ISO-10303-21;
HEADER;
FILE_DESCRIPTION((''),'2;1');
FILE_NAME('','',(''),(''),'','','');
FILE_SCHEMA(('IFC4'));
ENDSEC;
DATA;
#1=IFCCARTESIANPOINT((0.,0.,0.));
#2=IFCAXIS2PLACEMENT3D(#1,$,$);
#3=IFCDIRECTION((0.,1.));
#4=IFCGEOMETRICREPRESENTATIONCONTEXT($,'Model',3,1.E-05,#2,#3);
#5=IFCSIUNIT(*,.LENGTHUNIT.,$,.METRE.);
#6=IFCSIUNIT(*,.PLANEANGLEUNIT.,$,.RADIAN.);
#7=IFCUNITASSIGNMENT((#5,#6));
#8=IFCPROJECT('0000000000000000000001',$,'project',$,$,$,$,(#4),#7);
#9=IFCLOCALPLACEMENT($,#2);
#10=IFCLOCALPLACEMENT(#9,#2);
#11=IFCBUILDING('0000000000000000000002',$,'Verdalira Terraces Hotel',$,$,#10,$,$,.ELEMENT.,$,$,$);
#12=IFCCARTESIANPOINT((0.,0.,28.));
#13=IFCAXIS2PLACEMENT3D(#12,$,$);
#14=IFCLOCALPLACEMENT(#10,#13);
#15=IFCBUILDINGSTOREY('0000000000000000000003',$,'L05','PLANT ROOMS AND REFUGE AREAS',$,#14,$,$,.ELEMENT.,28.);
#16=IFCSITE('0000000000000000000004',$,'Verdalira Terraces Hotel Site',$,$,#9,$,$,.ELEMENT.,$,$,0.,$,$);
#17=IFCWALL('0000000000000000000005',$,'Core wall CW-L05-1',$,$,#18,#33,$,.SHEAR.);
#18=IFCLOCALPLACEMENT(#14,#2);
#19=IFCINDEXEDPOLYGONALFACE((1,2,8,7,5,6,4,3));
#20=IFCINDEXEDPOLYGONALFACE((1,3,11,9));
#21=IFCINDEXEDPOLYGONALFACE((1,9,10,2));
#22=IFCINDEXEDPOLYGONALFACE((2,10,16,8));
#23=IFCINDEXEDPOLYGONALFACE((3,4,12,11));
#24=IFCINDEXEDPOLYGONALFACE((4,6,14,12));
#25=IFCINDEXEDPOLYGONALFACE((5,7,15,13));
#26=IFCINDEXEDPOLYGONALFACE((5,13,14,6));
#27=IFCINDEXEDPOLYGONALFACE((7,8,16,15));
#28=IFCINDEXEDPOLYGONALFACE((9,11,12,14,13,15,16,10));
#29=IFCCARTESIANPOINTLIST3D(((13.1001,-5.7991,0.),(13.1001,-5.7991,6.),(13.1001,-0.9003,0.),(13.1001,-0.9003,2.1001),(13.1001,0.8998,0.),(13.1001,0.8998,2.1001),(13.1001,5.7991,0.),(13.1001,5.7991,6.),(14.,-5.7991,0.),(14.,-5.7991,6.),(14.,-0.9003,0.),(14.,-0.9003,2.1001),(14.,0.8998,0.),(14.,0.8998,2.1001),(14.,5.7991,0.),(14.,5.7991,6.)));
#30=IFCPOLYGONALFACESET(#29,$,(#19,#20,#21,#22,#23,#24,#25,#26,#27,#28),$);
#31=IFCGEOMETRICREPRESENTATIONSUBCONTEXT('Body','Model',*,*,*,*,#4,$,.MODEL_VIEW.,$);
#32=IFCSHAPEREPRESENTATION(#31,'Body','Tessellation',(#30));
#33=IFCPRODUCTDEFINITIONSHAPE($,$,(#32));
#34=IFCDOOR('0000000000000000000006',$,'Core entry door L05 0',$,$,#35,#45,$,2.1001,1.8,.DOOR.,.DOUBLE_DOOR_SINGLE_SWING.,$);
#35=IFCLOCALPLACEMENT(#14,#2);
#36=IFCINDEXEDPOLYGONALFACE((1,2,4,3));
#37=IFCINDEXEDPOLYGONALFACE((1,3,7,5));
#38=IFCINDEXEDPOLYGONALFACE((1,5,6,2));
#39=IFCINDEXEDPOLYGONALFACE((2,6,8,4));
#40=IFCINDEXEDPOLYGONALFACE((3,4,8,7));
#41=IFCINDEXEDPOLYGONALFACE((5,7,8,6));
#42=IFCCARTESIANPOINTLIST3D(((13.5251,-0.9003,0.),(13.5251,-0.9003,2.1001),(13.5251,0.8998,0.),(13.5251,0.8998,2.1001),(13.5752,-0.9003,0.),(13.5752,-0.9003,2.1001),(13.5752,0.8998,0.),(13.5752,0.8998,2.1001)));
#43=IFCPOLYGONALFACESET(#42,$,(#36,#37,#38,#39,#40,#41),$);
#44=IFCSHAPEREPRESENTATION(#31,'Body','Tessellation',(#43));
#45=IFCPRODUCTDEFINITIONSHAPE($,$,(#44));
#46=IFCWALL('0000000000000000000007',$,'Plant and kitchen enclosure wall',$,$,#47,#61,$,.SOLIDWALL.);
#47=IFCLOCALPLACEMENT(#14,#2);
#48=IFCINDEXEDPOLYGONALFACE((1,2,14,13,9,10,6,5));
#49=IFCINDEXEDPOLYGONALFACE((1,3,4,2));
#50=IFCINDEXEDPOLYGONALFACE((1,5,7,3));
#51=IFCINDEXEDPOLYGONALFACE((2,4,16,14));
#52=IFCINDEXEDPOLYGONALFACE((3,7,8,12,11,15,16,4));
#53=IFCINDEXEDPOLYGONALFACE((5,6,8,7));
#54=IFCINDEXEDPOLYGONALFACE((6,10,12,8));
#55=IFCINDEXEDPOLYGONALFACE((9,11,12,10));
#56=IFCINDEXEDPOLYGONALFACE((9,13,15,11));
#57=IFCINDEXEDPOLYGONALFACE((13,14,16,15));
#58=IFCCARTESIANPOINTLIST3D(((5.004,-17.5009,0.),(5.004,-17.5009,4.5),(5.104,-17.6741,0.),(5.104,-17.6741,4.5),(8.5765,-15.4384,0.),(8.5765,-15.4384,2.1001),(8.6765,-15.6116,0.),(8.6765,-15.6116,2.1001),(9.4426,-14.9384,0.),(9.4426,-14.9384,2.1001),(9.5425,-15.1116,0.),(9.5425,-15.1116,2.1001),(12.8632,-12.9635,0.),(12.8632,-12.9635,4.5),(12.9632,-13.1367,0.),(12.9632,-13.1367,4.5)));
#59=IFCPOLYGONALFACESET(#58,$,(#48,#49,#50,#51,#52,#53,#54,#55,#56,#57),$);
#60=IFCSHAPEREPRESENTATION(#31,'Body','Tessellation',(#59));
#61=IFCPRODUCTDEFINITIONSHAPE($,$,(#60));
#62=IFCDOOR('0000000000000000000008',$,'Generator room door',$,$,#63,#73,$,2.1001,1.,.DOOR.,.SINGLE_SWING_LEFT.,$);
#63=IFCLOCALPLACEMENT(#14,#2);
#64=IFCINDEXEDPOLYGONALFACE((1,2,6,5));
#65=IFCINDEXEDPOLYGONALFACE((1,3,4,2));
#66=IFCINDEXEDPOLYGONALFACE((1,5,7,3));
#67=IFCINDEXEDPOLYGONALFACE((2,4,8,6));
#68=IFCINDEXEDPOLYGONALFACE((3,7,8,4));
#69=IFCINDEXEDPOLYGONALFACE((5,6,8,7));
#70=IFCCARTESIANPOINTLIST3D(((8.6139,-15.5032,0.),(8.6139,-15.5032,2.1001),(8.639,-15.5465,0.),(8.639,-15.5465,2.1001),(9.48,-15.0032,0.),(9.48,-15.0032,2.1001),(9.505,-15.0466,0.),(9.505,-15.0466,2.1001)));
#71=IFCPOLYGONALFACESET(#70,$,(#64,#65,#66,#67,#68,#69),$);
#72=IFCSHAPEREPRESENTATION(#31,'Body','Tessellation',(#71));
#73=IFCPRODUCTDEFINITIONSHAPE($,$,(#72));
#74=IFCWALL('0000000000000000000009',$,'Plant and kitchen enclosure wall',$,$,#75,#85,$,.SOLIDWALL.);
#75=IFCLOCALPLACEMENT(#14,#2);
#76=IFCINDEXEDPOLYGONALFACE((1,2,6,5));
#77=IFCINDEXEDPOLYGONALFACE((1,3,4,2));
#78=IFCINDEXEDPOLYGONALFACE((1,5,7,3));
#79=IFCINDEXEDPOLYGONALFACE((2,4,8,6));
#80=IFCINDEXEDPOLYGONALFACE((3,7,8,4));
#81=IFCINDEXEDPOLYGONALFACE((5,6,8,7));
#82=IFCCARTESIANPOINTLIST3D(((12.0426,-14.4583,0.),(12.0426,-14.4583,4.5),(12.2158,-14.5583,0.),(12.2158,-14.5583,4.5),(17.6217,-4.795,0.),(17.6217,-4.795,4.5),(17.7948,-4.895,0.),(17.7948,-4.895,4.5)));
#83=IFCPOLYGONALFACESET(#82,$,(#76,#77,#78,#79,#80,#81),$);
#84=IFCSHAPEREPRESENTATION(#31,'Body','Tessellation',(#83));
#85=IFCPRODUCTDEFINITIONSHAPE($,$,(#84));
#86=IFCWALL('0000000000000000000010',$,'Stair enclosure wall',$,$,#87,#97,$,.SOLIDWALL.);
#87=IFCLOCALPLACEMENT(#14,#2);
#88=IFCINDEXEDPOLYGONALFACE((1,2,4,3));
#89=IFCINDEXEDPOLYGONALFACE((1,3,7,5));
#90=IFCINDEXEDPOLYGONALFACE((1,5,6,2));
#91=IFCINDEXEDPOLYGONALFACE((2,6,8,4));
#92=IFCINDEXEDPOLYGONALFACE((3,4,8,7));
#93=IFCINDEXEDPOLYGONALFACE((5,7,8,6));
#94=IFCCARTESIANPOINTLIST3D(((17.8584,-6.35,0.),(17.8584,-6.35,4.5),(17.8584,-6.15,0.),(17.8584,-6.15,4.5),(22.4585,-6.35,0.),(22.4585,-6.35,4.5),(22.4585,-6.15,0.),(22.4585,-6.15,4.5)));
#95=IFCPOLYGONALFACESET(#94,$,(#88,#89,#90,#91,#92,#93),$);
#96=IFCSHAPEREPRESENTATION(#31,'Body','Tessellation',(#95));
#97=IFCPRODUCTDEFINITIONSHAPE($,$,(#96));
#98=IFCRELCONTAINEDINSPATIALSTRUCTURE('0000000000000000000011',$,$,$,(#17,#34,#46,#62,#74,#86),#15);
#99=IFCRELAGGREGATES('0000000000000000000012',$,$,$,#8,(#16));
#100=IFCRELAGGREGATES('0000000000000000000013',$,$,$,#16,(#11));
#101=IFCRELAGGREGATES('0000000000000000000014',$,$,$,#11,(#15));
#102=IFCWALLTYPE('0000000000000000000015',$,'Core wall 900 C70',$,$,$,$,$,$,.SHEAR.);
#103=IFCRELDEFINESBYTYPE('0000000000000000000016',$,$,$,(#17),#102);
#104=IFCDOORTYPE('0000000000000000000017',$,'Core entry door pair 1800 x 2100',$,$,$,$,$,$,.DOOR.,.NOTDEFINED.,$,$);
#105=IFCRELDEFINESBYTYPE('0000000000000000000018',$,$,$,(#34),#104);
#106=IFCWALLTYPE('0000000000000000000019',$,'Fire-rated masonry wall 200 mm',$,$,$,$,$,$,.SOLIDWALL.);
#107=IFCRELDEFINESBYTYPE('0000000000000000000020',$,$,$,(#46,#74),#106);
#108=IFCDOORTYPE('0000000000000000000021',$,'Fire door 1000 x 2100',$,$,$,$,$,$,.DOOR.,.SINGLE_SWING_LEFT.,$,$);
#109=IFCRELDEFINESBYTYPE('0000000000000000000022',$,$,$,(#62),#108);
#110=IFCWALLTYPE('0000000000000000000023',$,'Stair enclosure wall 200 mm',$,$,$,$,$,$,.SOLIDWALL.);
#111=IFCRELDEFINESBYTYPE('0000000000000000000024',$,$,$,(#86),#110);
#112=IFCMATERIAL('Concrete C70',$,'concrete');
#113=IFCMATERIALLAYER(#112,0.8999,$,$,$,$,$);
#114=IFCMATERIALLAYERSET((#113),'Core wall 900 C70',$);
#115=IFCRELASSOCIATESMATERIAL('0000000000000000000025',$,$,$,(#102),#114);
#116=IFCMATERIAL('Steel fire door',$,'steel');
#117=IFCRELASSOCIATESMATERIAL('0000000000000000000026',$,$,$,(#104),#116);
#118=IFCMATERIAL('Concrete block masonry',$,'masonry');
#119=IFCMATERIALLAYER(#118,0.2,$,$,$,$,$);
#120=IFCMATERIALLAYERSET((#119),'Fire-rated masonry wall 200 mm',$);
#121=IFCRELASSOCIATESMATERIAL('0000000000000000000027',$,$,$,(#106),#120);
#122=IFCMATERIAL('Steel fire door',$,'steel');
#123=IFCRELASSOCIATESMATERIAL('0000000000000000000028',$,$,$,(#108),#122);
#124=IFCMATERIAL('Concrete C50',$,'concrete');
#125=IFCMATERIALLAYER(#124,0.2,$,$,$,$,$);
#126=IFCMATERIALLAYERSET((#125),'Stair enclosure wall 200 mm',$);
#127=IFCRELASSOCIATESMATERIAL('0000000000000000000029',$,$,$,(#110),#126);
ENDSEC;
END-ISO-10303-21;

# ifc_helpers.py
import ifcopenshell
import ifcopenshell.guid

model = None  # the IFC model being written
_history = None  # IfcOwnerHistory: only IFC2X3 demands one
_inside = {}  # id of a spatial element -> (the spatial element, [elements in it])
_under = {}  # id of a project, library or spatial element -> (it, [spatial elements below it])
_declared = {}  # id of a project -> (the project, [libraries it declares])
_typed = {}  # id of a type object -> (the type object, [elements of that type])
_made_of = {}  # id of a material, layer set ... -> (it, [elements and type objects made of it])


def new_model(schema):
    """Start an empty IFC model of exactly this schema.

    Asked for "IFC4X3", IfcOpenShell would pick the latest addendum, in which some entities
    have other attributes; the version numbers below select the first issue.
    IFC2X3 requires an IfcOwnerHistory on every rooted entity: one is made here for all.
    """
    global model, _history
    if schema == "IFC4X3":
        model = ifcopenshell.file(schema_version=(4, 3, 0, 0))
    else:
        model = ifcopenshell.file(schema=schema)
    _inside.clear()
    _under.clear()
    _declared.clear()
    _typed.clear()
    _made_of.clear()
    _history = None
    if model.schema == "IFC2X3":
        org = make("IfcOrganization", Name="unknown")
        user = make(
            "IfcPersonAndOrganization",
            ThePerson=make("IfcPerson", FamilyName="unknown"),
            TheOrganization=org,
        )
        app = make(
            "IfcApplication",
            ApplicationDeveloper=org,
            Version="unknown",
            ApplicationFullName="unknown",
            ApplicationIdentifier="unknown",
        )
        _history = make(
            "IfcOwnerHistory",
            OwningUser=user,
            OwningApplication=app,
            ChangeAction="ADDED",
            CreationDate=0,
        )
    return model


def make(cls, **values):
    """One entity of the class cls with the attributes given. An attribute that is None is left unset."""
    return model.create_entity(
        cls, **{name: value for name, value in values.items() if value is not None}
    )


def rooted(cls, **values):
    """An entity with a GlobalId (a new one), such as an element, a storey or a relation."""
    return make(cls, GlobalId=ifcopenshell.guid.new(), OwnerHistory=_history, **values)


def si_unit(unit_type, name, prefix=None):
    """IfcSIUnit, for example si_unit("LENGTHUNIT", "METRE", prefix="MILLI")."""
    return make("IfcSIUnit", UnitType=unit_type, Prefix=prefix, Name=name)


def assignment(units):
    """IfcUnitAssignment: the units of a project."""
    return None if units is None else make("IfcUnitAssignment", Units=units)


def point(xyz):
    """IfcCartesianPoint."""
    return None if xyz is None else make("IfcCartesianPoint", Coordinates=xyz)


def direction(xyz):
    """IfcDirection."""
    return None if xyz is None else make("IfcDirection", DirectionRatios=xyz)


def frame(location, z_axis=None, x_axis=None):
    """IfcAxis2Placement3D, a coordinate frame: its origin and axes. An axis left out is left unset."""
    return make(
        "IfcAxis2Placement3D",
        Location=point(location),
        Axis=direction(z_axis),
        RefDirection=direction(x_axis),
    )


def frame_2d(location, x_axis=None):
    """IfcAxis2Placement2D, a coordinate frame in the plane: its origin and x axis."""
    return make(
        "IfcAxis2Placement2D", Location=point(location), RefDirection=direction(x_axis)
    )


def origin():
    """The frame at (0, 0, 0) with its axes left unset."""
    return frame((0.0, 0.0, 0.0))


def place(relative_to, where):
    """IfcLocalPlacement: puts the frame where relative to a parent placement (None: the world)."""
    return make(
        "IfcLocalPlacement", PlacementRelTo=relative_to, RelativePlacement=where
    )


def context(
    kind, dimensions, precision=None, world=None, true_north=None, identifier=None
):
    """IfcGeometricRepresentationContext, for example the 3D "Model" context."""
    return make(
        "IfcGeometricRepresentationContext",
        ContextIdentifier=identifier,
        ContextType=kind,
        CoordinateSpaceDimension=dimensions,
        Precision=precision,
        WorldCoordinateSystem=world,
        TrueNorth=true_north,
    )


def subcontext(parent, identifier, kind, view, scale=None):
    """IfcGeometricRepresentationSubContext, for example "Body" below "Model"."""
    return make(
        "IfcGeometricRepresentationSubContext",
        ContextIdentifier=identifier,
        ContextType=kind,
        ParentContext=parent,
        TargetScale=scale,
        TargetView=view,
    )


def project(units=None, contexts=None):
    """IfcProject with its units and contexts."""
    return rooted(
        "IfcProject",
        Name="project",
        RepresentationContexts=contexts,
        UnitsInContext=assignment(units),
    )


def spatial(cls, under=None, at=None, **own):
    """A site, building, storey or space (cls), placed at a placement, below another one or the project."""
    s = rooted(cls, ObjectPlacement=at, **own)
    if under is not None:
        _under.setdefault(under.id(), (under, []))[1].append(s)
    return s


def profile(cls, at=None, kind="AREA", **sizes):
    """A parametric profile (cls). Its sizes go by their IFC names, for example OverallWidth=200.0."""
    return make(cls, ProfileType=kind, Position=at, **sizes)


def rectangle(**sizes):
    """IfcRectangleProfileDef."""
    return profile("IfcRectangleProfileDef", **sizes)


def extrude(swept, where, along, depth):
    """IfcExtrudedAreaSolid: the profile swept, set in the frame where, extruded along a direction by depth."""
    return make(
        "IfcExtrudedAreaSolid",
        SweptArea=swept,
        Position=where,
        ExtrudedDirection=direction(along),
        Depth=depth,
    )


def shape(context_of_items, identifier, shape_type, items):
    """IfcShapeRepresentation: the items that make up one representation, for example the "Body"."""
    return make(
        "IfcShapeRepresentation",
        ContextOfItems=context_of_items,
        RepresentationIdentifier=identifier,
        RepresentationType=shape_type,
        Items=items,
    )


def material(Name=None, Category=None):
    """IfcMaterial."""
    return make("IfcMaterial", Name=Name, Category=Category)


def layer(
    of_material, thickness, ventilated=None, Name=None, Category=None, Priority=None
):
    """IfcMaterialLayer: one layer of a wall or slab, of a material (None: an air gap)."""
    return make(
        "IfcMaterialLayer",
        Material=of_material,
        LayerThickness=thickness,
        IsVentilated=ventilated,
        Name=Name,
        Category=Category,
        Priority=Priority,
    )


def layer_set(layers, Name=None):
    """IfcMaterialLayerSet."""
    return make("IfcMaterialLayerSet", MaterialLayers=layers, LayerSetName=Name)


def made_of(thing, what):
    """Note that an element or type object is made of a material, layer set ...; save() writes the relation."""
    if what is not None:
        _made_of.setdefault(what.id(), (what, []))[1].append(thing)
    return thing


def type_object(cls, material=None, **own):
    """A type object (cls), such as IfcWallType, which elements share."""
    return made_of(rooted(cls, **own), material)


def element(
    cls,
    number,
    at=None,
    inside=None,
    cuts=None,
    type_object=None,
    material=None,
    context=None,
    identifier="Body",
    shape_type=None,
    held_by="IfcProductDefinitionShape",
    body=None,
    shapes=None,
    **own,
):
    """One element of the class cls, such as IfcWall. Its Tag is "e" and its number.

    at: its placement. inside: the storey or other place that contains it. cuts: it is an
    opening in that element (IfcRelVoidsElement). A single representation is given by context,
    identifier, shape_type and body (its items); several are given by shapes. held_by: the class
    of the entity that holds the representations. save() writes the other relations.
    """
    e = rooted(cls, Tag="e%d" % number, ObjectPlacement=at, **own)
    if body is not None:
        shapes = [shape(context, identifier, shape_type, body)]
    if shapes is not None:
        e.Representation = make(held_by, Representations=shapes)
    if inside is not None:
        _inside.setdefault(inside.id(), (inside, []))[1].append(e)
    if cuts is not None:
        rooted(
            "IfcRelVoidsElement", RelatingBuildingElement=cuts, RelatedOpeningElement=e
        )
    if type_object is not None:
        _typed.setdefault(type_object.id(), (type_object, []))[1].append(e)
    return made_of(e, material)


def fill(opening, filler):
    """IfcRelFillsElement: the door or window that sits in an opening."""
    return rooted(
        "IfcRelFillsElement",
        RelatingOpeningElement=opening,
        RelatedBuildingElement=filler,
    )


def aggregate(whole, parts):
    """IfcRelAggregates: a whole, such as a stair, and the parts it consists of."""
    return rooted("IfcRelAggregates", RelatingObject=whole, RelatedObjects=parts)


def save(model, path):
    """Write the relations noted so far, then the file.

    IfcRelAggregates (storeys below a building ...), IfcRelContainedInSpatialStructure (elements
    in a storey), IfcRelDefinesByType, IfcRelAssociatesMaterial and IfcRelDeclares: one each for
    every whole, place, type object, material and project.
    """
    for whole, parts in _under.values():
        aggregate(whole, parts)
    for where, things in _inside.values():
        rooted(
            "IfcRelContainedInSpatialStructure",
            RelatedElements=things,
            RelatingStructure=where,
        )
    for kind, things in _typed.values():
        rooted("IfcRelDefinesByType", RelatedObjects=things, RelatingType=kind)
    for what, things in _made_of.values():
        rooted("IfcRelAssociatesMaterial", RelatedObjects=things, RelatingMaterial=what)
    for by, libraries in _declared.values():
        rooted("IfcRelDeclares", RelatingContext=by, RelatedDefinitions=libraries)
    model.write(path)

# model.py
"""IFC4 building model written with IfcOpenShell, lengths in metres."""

from ifc_helpers import new_model, si_unit, direction, frame, frame_2d, origin, place, context, subcontext, project, spatial, rectangle, extrude, material, layer, layer_set, type_object, element, fill, save


model = new_model("IFC4")

# Units and contexts
model_context = context("Model", 3, precision=1e-05, world=origin(), true_north=direction((0.0, 1.0)))
body_context = subcontext(model_context, "Body", "Model", "MODEL_VIEW")
ifc_project = project(units=[si_unit("LENGTHUNIT", "METRE"), si_unit("PLANEANGLEUNIT", "RADIAN")], contexts=[model_context])

# Site, building, storey
site_placement = place(None, origin())
site = spatial("IfcSite", under=ifc_project, at=site_placement, Name="Verdalira Terraces Hotel Site", CompositionType="ELEMENT", RefElevation=0.0)
building_placement = place(site_placement, origin())
building = spatial("IfcBuilding", under=site, at=building_placement, Name="Verdalira Terraces Hotel", CompositionType="ELEMENT")
storey_placement = place(building_placement, frame((0.0, 0.0, 28.0)))
storey = spatial("IfcBuildingStorey", under=building, at=storey_placement, Name="L05", Description="PLANT ROOMS AND REFUGE AREAS", CompositionType="ELEMENT", Elevation=28.0)

# Walls, openings, doors
ifc_material_1 = material(Name="Concrete C70", Category="concrete")
ifc_layer_1 = layer(ifc_material_1, 0.8999)
ifc_layer_set_1 = layer_set([ifc_layer_1], Name="Core wall 900 C70")
wall_type_1 = type_object("IfcWallType", Name="Core wall 900 C70", PredefinedType="SHEAR", material=ifc_layer_set_1)
wall_1_placement = place(storey_placement, frame((13.55, -5.7991, 0.0), z_axis=(0.0, 0.0, 1.0), x_axis=(0.0, 1.0, 0.0)))
wall_1 = element("IfcWall", 1, at=wall_1_placement, inside=storey, type_object=wall_type_1, Name="Core wall CW-L05-1", PredefinedType="SHEAR", context=body_context, shape_type="SweptSolid", body=[
    extrude(rectangle(XDim=11.5981, YDim=0.8999, at=frame_2d((5.7991, 0.0))), origin(), (0.0, 0.0, 1.0), 6.0),
])
opening_1_placement = place(wall_1_placement, frame((4.8989, 0.0, 0.0)))
opening_1 = element("IfcOpeningElement", 2, at=opening_1_placement, cuts=wall_1, PredefinedType="OPENING", context=body_context, shape_type="SweptSolid", body=[
    extrude(rectangle(XDim=1.8, YDim=2.1001, at=frame_2d((0.8999, 1.05))), frame((0.0, 0.46, 0.0), z_axis=(0.0, -1.0, 0.0), x_axis=(1.0, 0.0, 0.0)), (0.0, 0.0, 1.0), 0.9199),
])
ifc_material_2 = material(Name="Steel fire door", Category="steel")
door_type_1 = type_object("IfcDoorType", Name="Core entry door pair 1800 x 2100", OperationType="NOTDEFINED", PredefinedType="DOOR", material=ifc_material_2)
door_1_placement = place(opening_1_placement, origin())
door_1 = element("IfcDoor", 3, at=door_1_placement, inside=storey, type_object=door_type_1, Name="Core entry door L05 0", OperationType="DOUBLE_DOOR_SINGLE_SWING", OverallHeight=2.1001, OverallWidth=1.8, PredefinedType="DOOR", context=body_context, shape_type="SweptSolid", body=[
    extrude(rectangle(XDim=1.8, YDim=2.1001, at=frame_2d((0.8999, 1.05))), frame((0.0, 0.0249, 0.0), z_axis=(0.0, -1.0, 0.0), x_axis=(1.0, 0.0, 0.0)), (0.0, 0.0, 1.0), 0.05),
])
fill(opening_1, door_1)
ifc_material_3 = material(Name="Concrete block masonry", Category="masonry")
ifc_layer_2 = layer(ifc_material_3, 0.2)
ifc_layer_set_2 = layer_set([ifc_layer_2], Name="Fire-rated masonry wall 200 mm")
wall_type_2 = type_object("IfcWallType", Name="Fire-rated masonry wall 200 mm", PredefinedType="SOLIDWALL", material=ifc_layer_set_2)
wall_2_placement = place(storey_placement, frame((12.9133, -13.05, 0.0), z_axis=(0.0, 0.0, 1.0), x_axis=(-0.866031, -0.49999, 0.0)))
wall_2 = element("IfcWall", 4, at=wall_2_placement, inside=storey, type_object=wall_type_2, Name="Plant and kitchen enclosure wall", PredefinedType="SOLIDWALL", context=body_context, shape_type="SweptSolid", body=[
    extrude(rectangle(XDim=9.075, YDim=0.2, at=frame_2d((4.5376, 0.0))), origin(), (0.0, 0.0, 1.0), 4.5),
])
opening_2_placement = place(wall_2_placement, frame((3.95, 0.0, 0.0)))
opening_2 = element("IfcOpeningElement", 5, at=opening_2_placement, cuts=wall_2, PredefinedType="OPENING", context=body_context, shape_type="SweptSolid", body=[
    extrude(rectangle(XDim=1.0, YDim=2.1001, at=frame_2d((0.5, 1.05))), frame((0.0, 0.1099, 0.0), z_axis=(0.0, -1.0, 0.0), x_axis=(1.0, 0.0, 0.0)), (0.0, 0.0, 1.0), 0.22),
])
ifc_material_4 = material(Name="Steel fire door", Category="steel")
door_type_2 = type_object("IfcDoorType", Name="Fire door 1000 x 2100", OperationType="SINGLE_SWING_LEFT", PredefinedType="DOOR", material=ifc_material_4)
door_2_placement = place(opening_2_placement, origin())
door_2 = element("IfcDoor", 6, at=door_2_placement, inside=storey, type_object=door_type_2, Name="Generator room door", OperationType="SINGLE_SWING_LEFT", OverallHeight=2.1001, OverallWidth=1.0, PredefinedType="DOOR", context=body_context, shape_type="SweptSolid", body=[
    extrude(rectangle(XDim=1.0, YDim=2.1001, at=frame_2d((0.5, 1.05))), frame((0.0, 0.0249, 0.0), z_axis=(0.0, -1.0, 0.0), x_axis=(1.0, 0.0, 0.0)), (0.0, 0.0, 1.0), 0.05),
])
fill(opening_2, door_2)

# Walls
wall_3_placement = place(storey_placement, frame((17.7083, -4.845, 0.0), z_axis=(0.0, 0.0, 1.0), x_axis=(-0.499998, -0.866026, 0.0)))
element("IfcWall", 7, at=wall_3_placement, inside=storey, type_object=wall_type_2, Name="Plant and kitchen enclosure wall", PredefinedType="SOLIDWALL", context=body_context, shape_type="SweptSolid", body=[
    extrude(rectangle(XDim=11.1582, YDim=0.2, at=frame_2d((5.5791, 0.0))), origin(), (0.0, 0.0, 1.0), 4.5),
])
ifc_material_5 = material(Name="Concrete C50", Category="concrete")
ifc_layer_3 = layer(ifc_material_5, 0.2)
ifc_layer_set_3 = layer_set([ifc_layer_3], Name="Stair enclosure wall 200 mm")
wall_type_3 = type_object("IfcWallType", Name="Stair enclosure wall 200 mm", PredefinedType="SOLIDWALL", material=ifc_layer_set_3)
wall_4_placement = place(storey_placement, frame((17.8584, -6.25, 0.0), z_axis=(0.0, 0.0, 1.0), x_axis=(1.0, 0.0, 0.0)))
element("IfcWall", 8, at=wall_4_placement, inside=storey, type_object=wall_type_3, Name="Stair enclosure wall", PredefinedType="SOLIDWALL", context=body_context, shape_type="SweptSolid", body=[
    extrude(rectangle(XDim=4.6001, YDim=0.2, at=frame_2d((2.3, 0.0))), origin(), (0.0, 0.0, 1.0), 4.5),
])

save(model, "model.ifc")
